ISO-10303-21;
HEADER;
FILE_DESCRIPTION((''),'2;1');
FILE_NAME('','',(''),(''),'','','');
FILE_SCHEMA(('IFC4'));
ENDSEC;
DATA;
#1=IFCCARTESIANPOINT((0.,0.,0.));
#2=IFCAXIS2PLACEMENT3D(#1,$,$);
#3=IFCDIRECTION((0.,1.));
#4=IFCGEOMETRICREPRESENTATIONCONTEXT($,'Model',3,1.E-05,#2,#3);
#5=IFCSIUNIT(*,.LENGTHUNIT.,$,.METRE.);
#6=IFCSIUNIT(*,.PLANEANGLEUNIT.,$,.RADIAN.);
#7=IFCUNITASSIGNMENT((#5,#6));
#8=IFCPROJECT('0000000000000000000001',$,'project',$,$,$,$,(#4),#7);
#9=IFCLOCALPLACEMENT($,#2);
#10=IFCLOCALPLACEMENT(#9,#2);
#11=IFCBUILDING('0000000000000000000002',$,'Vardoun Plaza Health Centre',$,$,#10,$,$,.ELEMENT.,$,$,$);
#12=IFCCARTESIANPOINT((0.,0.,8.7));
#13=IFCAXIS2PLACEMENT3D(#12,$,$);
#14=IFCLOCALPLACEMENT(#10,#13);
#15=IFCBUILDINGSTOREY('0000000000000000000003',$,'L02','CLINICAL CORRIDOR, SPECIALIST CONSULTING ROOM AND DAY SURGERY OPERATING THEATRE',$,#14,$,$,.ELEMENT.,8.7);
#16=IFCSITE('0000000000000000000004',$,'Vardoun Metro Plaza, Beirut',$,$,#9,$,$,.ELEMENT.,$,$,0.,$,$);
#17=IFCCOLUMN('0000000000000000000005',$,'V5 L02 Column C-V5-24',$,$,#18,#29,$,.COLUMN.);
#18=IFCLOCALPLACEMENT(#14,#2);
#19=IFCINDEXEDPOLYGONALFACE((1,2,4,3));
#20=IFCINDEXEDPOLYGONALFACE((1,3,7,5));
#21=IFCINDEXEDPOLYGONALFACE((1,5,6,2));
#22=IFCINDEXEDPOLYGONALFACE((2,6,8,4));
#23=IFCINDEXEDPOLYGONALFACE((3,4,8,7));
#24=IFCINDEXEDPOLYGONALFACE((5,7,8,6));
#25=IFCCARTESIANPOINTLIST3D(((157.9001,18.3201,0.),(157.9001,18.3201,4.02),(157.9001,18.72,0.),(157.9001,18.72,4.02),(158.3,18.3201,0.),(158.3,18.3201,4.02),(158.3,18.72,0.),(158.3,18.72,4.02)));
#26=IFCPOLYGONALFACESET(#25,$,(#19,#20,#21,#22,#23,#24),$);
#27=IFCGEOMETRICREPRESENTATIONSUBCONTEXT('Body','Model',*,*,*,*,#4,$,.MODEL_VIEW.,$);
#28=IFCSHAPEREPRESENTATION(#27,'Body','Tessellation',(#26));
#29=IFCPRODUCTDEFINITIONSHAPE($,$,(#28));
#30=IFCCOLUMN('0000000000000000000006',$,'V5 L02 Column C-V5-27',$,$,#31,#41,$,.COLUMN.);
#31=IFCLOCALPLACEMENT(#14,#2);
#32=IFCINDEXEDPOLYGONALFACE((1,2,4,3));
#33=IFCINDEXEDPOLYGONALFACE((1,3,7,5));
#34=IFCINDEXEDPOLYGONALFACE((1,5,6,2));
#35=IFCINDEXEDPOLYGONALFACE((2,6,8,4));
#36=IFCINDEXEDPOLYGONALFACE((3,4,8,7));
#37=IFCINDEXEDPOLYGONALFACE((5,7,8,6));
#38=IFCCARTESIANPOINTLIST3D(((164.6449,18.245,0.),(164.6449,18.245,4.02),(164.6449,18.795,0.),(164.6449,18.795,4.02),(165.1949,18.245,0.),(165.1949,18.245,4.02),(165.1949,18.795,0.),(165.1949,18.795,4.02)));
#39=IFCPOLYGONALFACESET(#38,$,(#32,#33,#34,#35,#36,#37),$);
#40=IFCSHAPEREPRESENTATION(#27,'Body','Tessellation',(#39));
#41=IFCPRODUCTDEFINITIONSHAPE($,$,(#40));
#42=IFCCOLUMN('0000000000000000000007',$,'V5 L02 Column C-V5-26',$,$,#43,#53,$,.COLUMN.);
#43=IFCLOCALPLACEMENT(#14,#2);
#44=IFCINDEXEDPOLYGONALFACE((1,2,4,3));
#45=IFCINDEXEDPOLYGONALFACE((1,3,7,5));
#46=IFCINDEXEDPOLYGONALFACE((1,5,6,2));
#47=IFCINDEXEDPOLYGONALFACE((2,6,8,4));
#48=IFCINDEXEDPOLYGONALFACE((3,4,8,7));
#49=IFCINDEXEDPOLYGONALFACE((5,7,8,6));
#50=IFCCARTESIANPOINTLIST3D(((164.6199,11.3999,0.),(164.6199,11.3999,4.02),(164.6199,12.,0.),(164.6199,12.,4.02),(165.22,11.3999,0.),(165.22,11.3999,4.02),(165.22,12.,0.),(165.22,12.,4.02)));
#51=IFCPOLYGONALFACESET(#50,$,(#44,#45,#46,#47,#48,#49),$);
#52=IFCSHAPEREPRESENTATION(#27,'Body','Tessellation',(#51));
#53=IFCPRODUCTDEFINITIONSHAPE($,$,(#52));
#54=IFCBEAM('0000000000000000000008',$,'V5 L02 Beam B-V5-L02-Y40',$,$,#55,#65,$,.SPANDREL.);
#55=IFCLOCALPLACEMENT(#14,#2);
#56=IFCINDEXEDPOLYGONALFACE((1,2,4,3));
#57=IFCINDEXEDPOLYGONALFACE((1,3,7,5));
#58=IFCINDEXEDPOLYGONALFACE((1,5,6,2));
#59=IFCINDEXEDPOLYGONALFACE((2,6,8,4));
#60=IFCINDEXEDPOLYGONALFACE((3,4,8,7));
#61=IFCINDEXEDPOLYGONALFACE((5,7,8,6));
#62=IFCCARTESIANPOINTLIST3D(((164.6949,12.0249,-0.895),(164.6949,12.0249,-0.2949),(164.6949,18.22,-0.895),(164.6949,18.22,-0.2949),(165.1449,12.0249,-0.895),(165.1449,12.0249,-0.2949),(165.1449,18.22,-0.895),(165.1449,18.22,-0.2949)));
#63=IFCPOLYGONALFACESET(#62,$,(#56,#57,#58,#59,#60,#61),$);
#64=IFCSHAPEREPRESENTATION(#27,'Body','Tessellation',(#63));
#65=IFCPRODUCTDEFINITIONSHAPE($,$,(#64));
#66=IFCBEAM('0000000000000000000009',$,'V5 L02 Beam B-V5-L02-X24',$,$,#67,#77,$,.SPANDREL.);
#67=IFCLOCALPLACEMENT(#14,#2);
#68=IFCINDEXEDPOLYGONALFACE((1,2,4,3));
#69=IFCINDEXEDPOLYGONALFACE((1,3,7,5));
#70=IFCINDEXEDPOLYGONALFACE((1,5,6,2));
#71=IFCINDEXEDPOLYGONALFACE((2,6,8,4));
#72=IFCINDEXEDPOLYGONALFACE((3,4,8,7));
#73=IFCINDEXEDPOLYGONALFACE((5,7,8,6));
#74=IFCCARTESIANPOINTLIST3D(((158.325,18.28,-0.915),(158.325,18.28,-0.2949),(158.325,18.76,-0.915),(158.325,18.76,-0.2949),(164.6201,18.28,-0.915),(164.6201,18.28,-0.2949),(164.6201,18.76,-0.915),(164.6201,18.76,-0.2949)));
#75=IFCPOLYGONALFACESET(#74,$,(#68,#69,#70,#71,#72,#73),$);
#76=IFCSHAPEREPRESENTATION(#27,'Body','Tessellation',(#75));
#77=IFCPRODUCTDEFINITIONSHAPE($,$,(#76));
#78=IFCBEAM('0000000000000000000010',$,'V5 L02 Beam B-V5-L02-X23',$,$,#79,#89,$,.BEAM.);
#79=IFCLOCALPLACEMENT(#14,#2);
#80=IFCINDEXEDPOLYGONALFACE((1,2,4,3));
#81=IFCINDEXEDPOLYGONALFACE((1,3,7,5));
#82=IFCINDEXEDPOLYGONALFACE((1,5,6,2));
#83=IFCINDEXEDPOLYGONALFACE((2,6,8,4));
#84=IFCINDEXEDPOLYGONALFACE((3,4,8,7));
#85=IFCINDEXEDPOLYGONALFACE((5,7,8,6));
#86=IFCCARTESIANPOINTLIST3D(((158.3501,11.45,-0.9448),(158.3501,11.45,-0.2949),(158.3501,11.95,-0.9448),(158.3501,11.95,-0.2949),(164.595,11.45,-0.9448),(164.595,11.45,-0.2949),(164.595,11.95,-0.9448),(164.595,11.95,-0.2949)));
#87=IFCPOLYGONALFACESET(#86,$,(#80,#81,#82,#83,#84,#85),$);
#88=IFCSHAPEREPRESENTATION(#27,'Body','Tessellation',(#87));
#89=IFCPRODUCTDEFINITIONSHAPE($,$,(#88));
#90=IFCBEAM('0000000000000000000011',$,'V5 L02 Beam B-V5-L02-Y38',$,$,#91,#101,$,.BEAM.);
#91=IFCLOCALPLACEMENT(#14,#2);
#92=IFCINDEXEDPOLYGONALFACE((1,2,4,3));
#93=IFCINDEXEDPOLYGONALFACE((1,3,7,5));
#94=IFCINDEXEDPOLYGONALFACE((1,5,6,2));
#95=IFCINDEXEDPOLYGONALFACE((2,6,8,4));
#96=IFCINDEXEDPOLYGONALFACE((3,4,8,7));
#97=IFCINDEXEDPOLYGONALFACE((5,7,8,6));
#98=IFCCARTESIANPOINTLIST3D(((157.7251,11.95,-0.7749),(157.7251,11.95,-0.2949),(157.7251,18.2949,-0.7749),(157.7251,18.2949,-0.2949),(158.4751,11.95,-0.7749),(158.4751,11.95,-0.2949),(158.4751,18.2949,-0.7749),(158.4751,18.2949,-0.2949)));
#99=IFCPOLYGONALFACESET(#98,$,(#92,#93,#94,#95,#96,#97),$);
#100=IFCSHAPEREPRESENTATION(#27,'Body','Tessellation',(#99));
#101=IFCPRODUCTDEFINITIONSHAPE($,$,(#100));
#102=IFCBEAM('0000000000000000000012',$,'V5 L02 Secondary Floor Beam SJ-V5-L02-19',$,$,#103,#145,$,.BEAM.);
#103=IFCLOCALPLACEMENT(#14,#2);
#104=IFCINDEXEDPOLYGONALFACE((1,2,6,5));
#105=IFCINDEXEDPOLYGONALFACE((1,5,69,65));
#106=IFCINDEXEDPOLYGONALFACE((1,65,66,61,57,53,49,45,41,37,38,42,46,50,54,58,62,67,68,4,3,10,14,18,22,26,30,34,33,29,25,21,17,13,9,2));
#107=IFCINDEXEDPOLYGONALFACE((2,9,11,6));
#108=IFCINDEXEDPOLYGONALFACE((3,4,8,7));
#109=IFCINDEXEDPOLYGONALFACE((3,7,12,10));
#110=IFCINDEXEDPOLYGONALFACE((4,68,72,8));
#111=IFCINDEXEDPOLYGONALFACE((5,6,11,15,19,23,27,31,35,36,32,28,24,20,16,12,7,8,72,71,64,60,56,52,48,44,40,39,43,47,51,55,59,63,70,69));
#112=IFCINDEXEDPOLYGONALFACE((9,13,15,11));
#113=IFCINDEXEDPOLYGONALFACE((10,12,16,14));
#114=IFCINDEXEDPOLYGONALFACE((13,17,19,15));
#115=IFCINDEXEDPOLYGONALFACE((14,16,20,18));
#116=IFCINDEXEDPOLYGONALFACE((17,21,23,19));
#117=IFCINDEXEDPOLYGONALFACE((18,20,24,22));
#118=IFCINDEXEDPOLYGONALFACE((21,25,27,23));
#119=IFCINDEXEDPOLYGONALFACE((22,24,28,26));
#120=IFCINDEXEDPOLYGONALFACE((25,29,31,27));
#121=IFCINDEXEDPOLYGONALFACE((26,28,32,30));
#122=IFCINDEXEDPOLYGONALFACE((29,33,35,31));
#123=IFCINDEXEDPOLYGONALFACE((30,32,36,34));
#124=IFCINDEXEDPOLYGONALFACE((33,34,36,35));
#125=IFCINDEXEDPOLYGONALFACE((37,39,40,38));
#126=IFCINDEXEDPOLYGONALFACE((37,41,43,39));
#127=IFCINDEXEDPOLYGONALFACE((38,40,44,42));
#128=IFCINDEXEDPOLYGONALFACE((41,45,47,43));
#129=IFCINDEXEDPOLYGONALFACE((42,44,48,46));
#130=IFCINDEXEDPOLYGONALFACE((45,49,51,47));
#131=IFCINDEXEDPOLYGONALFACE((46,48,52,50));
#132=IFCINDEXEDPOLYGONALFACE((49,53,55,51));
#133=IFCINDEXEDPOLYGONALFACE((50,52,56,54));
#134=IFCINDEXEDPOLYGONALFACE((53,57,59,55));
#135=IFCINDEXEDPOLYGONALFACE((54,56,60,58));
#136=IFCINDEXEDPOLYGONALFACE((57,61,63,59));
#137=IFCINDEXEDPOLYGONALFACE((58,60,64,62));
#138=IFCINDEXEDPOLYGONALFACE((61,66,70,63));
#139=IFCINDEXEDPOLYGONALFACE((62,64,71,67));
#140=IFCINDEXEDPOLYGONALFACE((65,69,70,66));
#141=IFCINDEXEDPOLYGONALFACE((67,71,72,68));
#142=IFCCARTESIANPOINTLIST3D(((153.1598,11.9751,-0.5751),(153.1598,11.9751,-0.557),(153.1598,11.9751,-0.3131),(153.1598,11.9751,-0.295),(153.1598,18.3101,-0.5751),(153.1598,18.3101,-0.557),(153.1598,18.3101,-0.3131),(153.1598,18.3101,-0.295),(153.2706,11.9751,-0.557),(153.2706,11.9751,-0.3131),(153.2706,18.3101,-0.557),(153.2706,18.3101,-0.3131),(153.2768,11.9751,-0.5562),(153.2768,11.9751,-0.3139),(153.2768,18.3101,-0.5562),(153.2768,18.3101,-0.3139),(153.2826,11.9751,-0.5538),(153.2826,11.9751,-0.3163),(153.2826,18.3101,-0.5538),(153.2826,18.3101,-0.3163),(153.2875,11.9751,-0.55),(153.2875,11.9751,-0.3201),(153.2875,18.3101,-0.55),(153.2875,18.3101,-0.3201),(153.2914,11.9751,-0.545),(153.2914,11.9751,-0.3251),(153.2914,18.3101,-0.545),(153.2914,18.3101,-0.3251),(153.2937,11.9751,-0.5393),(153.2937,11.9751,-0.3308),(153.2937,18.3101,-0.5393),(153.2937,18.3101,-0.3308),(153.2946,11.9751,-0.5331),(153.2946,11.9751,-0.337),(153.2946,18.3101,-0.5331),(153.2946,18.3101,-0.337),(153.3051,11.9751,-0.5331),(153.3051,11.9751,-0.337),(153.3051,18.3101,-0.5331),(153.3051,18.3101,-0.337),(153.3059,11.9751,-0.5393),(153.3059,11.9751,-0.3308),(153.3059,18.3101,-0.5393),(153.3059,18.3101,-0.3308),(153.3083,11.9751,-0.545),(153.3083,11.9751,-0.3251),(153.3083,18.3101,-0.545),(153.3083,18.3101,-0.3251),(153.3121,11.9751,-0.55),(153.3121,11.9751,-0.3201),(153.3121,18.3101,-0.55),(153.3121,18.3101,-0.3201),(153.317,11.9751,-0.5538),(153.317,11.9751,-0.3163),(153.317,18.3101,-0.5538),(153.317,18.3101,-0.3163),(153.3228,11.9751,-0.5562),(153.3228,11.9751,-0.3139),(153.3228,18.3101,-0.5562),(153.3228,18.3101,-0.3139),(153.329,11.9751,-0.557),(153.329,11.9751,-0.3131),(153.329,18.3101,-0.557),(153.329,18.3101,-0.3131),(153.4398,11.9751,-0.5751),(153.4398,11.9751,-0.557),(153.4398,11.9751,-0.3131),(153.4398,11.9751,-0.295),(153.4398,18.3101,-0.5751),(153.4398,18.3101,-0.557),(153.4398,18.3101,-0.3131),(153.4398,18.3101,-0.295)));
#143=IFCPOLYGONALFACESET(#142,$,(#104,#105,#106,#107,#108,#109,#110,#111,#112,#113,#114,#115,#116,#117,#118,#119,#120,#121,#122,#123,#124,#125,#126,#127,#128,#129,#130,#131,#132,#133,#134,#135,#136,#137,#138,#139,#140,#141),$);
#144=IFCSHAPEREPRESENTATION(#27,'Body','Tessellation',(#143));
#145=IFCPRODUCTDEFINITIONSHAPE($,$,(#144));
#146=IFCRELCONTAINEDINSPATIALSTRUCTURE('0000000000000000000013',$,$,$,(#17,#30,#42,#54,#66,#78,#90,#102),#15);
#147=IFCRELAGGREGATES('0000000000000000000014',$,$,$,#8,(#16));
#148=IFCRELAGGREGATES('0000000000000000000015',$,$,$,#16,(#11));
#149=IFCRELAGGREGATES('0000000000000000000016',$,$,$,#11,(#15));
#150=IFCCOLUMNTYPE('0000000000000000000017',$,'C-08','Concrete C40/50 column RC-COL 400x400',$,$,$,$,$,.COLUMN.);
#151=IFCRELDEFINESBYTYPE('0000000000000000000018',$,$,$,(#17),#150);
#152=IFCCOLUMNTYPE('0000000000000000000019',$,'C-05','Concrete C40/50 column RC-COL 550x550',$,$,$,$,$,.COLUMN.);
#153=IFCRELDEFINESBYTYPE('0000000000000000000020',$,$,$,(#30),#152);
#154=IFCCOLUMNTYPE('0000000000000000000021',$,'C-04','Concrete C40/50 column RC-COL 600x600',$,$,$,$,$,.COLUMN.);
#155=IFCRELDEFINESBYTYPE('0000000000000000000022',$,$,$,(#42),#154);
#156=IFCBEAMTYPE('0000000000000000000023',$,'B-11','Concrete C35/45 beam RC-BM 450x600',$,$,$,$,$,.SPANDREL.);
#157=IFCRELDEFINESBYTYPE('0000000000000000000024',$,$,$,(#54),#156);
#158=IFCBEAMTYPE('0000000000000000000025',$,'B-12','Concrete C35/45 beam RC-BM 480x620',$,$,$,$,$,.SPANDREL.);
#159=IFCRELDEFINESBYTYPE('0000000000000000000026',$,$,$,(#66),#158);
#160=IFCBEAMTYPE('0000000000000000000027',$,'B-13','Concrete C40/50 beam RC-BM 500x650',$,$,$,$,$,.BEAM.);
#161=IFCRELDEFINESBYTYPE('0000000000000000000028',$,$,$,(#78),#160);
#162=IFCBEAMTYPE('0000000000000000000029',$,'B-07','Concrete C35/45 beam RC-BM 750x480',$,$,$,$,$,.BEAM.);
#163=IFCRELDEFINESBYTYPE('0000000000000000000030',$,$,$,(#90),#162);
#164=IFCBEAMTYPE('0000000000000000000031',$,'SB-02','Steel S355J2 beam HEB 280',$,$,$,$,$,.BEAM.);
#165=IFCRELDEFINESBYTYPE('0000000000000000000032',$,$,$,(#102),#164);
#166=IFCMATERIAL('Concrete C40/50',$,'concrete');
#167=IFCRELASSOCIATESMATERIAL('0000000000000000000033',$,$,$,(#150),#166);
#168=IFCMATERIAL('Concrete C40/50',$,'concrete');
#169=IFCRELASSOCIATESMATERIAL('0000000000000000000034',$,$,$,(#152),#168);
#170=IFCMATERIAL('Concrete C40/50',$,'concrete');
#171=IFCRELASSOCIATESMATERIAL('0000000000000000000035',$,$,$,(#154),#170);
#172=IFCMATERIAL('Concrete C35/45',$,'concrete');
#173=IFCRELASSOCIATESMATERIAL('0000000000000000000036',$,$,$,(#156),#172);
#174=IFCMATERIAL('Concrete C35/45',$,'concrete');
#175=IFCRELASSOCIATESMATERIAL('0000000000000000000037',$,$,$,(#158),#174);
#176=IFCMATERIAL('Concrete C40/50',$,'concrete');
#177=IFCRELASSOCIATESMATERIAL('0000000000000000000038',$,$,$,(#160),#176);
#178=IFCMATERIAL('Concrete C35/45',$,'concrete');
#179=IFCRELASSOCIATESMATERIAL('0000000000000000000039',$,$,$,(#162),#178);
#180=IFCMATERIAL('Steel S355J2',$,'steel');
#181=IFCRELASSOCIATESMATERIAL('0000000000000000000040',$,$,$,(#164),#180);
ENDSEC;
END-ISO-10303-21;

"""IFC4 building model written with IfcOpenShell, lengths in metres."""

from ifc_helpers import new_model, si_unit, direction, frame, origin, origin_2d, place, context, subcontext, project, spatial, rectangle, i_section, extrude, material, material_profile, profile_set, type_object, element, save


model = new_model("IFC4")

# Units and contexts
model_context = context("Model", 3, precision=1e-05, world=origin(), true_north=direction((0.0, 1.0)))
body_context = subcontext(model_context, "Body", "Model", "MODEL_VIEW")
ifc_project = project(units=[si_unit("LENGTHUNIT", "METRE"), si_unit("PLANEANGLEUNIT", "RADIAN")], contexts=[model_context])

# Site, building, storey
site_placement = place(None, origin())
site = spatial("IfcSite", under=ifc_project, at=site_placement, Name="Vardoun Metro Plaza, Beirut", CompositionType="ELEMENT", RefElevation=0.0)
building_placement = place(site_placement, origin())
building = spatial("IfcBuilding", under=site, at=building_placement, Name="Vardoun Plaza Health Centre", CompositionType="ELEMENT")
storey_placement = place(building_placement, frame((0.0, 0.0, 8.7)))
storey = spatial("IfcBuildingStorey", under=building, at=storey_placement, Name="L02", Description="CLINICAL CORRIDOR, SPECIALIST CONSULTING ROOM AND DAY SURGERY OPERATING THEATRE", CompositionType="ELEMENT", Elevation=8.7)

# Columns
ifc_material_1 = material(Name="Concrete C40/50", Category="concrete")
ifc_material_profile_1 = material_profile(ifc_material_1, rectangle(XDim=0.3999, YDim=0.3999, at=origin_2d()), Name="RC-COL 400x400")
ifc_profile_set_1 = profile_set([ifc_material_profile_1], Name="Concrete C40/50")
column_type_1 = type_object("IfcColumnType", Name="C-08", Description="Concrete C40/50 column RC-COL 400x400", PredefinedType="COLUMN", material=ifc_profile_set_1)
column_1_placement = place(storey_placement, frame((158.1001, 18.52, 0.0), z_axis=(0.0, 0.0, 1.0), x_axis=(1.0, 0.0, 0.0)))
element("IfcColumn", 1, at=column_1_placement, inside=storey, type_object=column_type_1, Name="V5 L02 Column C-V5-24", PredefinedType="COLUMN", context=body_context, shape_type="SweptSolid", body=[
    extrude(rectangle(XDim=0.3999, YDim=0.3999, at=origin_2d()), origin(), (0.0, 0.0, 1.0), 4.02),
])
ifc_material_2 = material(Name="Concrete C40/50", Category="concrete")
ifc_material_profile_2 = material_profile(ifc_material_2, rectangle(XDim=0.55, YDim=0.55, at=origin_2d()), Name="RC-COL 550x550")
ifc_profile_set_2 = profile_set([ifc_material_profile_2], Name="Concrete C40/50")
column_type_2 = type_object("IfcColumnType", Name="C-05", Description="Concrete C40/50 column RC-COL 550x550", PredefinedType="COLUMN", material=ifc_profile_set_2)
column_2_placement = place(storey_placement, frame((164.9199, 18.52, 0.0), z_axis=(0.0, 0.0, 1.0), x_axis=(1.0, 0.0, 0.0)))
element("IfcColumn", 2, at=column_2_placement, inside=storey, type_object=column_type_2, Name="V5 L02 Column C-V5-27", PredefinedType="COLUMN", context=body_context, shape_type="SweptSolid", body=[
    extrude(rectangle(XDim=0.55, YDim=0.55, at=origin_2d()), origin(), (0.0, 0.0, 1.0), 4.02),
])
ifc_material_3 = material(Name="Concrete C40/50", Category="concrete")
ifc_material_profile_3 = material_profile(ifc_material_3, rectangle(XDim=0.6001, YDim=0.6001, at=origin_2d()), Name="RC-COL 600x600")
ifc_profile_set_3 = profile_set([ifc_material_profile_3], Name="Concrete C40/50")
column_type_3 = type_object("IfcColumnType", Name="C-04", Description="Concrete C40/50 column RC-COL 600x600", PredefinedType="COLUMN", material=ifc_profile_set_3)
column_3_placement = place(storey_placement, frame((164.9199, 11.7, 0.0), z_axis=(0.0, 0.0, 1.0), x_axis=(1.0, 0.0, 0.0)))
element("IfcColumn", 3, at=column_3_placement, inside=storey, type_object=column_type_3, Name="V5 L02 Column C-V5-26", PredefinedType="COLUMN", context=body_context, shape_type="SweptSolid", body=[
    extrude(rectangle(XDim=0.6001, YDim=0.6001, at=origin_2d()), origin(), (0.0, 0.0, 1.0), 4.02),
])

# Beams
ifc_material_4 = material(Name="Concrete C35/45", Category="concrete")
ifc_material_profile_4 = material_profile(ifc_material_4, rectangle(XDim=0.45, YDim=0.6001, at=origin_2d()), Name="RC-BM 450x600")
ifc_profile_set_4 = profile_set([ifc_material_profile_4], Name="Concrete C35/45")
beam_type_1 = type_object("IfcBeamType", Name="B-11", Description="Concrete C35/45 beam RC-BM 450x600", PredefinedType="SPANDREL", material=ifc_profile_set_4)
beam_1_placement = place(storey_placement, frame((164.9199, 12.0249, -0.595), z_axis=(0.0, 1.0, 0.0), x_axis=(-1.0, 0.0, 0.0)))
element("IfcBeam", 4, at=beam_1_placement, inside=storey, type_object=beam_type_1, Name="V5 L02 Beam B-V5-L02-Y40", PredefinedType="SPANDREL", context=body_context, shape_type="SweptSolid", body=[
    extrude(rectangle(XDim=0.45, YDim=0.6001, at=origin_2d()), origin(), (0.0, 0.0, 1.0), 6.1951),
])
ifc_material_5 = material(Name="Concrete C35/45", Category="concrete")
ifc_material_profile_5 = material_profile(ifc_material_5, rectangle(XDim=0.48, YDim=0.6201, at=origin_2d()), Name="RC-BM 480x620")
ifc_profile_set_5 = profile_set([ifc_material_profile_5], Name="Concrete C35/45")
beam_type_2 = type_object("IfcBeamType", Name="B-12", Description="Concrete C35/45 beam RC-BM 480x620", PredefinedType="SPANDREL", material=ifc_profile_set_5)
beam_2_placement = place(storey_placement, frame((158.325, 18.52, -0.605), z_axis=(1.0, 0.0, 0.0), x_axis=(0.0, 1.0, 0.0)))
element("IfcBeam", 5, at=beam_2_placement, inside=storey, type_object=beam_type_2, Name="V5 L02 Beam B-V5-L02-X24", PredefinedType="SPANDREL", context=body_context, shape_type="SweptSolid", body=[
    extrude(rectangle(XDim=0.48, YDim=0.6201, at=origin_2d()), origin(), (0.0, 0.0, 1.0), 6.2952),
])
ifc_material_6 = material(Name="Concrete C40/50", Category="concrete")
ifc_material_profile_6 = material_profile(ifc_material_6, rectangle(XDim=0.5, YDim=0.6499, at=origin_2d()), Name="RC-BM 500x650")
ifc_profile_set_6 = profile_set([ifc_material_profile_6], Name="Concrete C40/50")
beam_type_3 = type_object("IfcBeamType", Name="B-13", Description="Concrete C40/50 beam RC-BM 500x650", PredefinedType="BEAM", material=ifc_profile_set_6)
beam_3_placement = place(storey_placement, frame((158.3501, 11.7, -0.6199), z_axis=(1.0, 0.0, 0.0), x_axis=(0.0, 1.0, 0.0)))
element("IfcBeam", 6, at=beam_3_placement, inside=storey, type_object=beam_type_3, Name="V5 L02 Beam B-V5-L02-X23", PredefinedType="BEAM", context=body_context, shape_type="SweptSolid", body=[
    extrude(rectangle(XDim=0.5, YDim=0.6499, at=origin_2d()), origin(), (0.0, 0.0, 1.0), 6.2449),
])
ifc_material_7 = material(Name="Concrete C35/45", Category="concrete")
ifc_material_profile_7 = material_profile(ifc_material_7, rectangle(XDim=0.75, YDim=0.48, at=origin_2d()), Name="RC-BM 750x480")
ifc_profile_set_7 = profile_set([ifc_material_profile_7], Name="Concrete C35/45")
beam_type_4 = type_object("IfcBeamType", Name="B-07", Description="Concrete C35/45 beam RC-BM 750x480", PredefinedType="BEAM", material=ifc_profile_set_7)
beam_4_placement = place(storey_placement, frame((158.1001, 11.95, -0.5349), z_axis=(0.0, 1.0, 0.0), x_axis=(-1.0, 0.0, 0.0)))
element("IfcBeam", 7, at=beam_4_placement, inside=storey, type_object=beam_type_4, Name="V5 L02 Beam B-V5-L02-Y38", PredefinedType="BEAM", context=body_context, shape_type="SweptSolid", body=[
    extrude(rectangle(XDim=0.75, YDim=0.48, at=origin_2d()), origin(), (0.0, 0.0, 1.0), 6.345),
])
ifc_material_8 = material(Name="Steel S355J2", Category="steel")
ifc_material_profile_8 = material_profile(ifc_material_8, i_section(OverallWidth=0.28, OverallDepth=0.28, WebThickness=0.0105, FlangeThickness=0.0181, FilletRadius=0.0239, at=origin_2d()), Name="HEB 280")
ifc_profile_set_8 = profile_set([ifc_material_profile_8], Name="Steel S355J2")
beam_type_5 = type_object("IfcBeamType", Name="SB-02", Description="Steel S355J2 beam HEB 280", PredefinedType="BEAM", material=ifc_profile_set_8)
beam_5_placement = place(storey_placement, frame((153.2998, 11.9751, -0.4351), z_axis=(0.0, 1.0, 0.0), x_axis=(-1.0, 0.0, 0.0)))
element("IfcBeam", 8, at=beam_5_placement, inside=storey, type_object=beam_type_5, Name="V5 L02 Secondary Floor Beam SJ-V5-L02-19", PredefinedType="BEAM", context=body_context, shape_type="SweptSolid", body=[
    extrude(i_section(OverallWidth=0.28, OverallDepth=0.28, WebThickness=0.0105, FlangeThickness=0.0181, FilletRadius=0.0239, at=origin_2d()), origin(), (0.0, 0.0, 1.0), 6.335),
])

save(model, "model.ifc")
